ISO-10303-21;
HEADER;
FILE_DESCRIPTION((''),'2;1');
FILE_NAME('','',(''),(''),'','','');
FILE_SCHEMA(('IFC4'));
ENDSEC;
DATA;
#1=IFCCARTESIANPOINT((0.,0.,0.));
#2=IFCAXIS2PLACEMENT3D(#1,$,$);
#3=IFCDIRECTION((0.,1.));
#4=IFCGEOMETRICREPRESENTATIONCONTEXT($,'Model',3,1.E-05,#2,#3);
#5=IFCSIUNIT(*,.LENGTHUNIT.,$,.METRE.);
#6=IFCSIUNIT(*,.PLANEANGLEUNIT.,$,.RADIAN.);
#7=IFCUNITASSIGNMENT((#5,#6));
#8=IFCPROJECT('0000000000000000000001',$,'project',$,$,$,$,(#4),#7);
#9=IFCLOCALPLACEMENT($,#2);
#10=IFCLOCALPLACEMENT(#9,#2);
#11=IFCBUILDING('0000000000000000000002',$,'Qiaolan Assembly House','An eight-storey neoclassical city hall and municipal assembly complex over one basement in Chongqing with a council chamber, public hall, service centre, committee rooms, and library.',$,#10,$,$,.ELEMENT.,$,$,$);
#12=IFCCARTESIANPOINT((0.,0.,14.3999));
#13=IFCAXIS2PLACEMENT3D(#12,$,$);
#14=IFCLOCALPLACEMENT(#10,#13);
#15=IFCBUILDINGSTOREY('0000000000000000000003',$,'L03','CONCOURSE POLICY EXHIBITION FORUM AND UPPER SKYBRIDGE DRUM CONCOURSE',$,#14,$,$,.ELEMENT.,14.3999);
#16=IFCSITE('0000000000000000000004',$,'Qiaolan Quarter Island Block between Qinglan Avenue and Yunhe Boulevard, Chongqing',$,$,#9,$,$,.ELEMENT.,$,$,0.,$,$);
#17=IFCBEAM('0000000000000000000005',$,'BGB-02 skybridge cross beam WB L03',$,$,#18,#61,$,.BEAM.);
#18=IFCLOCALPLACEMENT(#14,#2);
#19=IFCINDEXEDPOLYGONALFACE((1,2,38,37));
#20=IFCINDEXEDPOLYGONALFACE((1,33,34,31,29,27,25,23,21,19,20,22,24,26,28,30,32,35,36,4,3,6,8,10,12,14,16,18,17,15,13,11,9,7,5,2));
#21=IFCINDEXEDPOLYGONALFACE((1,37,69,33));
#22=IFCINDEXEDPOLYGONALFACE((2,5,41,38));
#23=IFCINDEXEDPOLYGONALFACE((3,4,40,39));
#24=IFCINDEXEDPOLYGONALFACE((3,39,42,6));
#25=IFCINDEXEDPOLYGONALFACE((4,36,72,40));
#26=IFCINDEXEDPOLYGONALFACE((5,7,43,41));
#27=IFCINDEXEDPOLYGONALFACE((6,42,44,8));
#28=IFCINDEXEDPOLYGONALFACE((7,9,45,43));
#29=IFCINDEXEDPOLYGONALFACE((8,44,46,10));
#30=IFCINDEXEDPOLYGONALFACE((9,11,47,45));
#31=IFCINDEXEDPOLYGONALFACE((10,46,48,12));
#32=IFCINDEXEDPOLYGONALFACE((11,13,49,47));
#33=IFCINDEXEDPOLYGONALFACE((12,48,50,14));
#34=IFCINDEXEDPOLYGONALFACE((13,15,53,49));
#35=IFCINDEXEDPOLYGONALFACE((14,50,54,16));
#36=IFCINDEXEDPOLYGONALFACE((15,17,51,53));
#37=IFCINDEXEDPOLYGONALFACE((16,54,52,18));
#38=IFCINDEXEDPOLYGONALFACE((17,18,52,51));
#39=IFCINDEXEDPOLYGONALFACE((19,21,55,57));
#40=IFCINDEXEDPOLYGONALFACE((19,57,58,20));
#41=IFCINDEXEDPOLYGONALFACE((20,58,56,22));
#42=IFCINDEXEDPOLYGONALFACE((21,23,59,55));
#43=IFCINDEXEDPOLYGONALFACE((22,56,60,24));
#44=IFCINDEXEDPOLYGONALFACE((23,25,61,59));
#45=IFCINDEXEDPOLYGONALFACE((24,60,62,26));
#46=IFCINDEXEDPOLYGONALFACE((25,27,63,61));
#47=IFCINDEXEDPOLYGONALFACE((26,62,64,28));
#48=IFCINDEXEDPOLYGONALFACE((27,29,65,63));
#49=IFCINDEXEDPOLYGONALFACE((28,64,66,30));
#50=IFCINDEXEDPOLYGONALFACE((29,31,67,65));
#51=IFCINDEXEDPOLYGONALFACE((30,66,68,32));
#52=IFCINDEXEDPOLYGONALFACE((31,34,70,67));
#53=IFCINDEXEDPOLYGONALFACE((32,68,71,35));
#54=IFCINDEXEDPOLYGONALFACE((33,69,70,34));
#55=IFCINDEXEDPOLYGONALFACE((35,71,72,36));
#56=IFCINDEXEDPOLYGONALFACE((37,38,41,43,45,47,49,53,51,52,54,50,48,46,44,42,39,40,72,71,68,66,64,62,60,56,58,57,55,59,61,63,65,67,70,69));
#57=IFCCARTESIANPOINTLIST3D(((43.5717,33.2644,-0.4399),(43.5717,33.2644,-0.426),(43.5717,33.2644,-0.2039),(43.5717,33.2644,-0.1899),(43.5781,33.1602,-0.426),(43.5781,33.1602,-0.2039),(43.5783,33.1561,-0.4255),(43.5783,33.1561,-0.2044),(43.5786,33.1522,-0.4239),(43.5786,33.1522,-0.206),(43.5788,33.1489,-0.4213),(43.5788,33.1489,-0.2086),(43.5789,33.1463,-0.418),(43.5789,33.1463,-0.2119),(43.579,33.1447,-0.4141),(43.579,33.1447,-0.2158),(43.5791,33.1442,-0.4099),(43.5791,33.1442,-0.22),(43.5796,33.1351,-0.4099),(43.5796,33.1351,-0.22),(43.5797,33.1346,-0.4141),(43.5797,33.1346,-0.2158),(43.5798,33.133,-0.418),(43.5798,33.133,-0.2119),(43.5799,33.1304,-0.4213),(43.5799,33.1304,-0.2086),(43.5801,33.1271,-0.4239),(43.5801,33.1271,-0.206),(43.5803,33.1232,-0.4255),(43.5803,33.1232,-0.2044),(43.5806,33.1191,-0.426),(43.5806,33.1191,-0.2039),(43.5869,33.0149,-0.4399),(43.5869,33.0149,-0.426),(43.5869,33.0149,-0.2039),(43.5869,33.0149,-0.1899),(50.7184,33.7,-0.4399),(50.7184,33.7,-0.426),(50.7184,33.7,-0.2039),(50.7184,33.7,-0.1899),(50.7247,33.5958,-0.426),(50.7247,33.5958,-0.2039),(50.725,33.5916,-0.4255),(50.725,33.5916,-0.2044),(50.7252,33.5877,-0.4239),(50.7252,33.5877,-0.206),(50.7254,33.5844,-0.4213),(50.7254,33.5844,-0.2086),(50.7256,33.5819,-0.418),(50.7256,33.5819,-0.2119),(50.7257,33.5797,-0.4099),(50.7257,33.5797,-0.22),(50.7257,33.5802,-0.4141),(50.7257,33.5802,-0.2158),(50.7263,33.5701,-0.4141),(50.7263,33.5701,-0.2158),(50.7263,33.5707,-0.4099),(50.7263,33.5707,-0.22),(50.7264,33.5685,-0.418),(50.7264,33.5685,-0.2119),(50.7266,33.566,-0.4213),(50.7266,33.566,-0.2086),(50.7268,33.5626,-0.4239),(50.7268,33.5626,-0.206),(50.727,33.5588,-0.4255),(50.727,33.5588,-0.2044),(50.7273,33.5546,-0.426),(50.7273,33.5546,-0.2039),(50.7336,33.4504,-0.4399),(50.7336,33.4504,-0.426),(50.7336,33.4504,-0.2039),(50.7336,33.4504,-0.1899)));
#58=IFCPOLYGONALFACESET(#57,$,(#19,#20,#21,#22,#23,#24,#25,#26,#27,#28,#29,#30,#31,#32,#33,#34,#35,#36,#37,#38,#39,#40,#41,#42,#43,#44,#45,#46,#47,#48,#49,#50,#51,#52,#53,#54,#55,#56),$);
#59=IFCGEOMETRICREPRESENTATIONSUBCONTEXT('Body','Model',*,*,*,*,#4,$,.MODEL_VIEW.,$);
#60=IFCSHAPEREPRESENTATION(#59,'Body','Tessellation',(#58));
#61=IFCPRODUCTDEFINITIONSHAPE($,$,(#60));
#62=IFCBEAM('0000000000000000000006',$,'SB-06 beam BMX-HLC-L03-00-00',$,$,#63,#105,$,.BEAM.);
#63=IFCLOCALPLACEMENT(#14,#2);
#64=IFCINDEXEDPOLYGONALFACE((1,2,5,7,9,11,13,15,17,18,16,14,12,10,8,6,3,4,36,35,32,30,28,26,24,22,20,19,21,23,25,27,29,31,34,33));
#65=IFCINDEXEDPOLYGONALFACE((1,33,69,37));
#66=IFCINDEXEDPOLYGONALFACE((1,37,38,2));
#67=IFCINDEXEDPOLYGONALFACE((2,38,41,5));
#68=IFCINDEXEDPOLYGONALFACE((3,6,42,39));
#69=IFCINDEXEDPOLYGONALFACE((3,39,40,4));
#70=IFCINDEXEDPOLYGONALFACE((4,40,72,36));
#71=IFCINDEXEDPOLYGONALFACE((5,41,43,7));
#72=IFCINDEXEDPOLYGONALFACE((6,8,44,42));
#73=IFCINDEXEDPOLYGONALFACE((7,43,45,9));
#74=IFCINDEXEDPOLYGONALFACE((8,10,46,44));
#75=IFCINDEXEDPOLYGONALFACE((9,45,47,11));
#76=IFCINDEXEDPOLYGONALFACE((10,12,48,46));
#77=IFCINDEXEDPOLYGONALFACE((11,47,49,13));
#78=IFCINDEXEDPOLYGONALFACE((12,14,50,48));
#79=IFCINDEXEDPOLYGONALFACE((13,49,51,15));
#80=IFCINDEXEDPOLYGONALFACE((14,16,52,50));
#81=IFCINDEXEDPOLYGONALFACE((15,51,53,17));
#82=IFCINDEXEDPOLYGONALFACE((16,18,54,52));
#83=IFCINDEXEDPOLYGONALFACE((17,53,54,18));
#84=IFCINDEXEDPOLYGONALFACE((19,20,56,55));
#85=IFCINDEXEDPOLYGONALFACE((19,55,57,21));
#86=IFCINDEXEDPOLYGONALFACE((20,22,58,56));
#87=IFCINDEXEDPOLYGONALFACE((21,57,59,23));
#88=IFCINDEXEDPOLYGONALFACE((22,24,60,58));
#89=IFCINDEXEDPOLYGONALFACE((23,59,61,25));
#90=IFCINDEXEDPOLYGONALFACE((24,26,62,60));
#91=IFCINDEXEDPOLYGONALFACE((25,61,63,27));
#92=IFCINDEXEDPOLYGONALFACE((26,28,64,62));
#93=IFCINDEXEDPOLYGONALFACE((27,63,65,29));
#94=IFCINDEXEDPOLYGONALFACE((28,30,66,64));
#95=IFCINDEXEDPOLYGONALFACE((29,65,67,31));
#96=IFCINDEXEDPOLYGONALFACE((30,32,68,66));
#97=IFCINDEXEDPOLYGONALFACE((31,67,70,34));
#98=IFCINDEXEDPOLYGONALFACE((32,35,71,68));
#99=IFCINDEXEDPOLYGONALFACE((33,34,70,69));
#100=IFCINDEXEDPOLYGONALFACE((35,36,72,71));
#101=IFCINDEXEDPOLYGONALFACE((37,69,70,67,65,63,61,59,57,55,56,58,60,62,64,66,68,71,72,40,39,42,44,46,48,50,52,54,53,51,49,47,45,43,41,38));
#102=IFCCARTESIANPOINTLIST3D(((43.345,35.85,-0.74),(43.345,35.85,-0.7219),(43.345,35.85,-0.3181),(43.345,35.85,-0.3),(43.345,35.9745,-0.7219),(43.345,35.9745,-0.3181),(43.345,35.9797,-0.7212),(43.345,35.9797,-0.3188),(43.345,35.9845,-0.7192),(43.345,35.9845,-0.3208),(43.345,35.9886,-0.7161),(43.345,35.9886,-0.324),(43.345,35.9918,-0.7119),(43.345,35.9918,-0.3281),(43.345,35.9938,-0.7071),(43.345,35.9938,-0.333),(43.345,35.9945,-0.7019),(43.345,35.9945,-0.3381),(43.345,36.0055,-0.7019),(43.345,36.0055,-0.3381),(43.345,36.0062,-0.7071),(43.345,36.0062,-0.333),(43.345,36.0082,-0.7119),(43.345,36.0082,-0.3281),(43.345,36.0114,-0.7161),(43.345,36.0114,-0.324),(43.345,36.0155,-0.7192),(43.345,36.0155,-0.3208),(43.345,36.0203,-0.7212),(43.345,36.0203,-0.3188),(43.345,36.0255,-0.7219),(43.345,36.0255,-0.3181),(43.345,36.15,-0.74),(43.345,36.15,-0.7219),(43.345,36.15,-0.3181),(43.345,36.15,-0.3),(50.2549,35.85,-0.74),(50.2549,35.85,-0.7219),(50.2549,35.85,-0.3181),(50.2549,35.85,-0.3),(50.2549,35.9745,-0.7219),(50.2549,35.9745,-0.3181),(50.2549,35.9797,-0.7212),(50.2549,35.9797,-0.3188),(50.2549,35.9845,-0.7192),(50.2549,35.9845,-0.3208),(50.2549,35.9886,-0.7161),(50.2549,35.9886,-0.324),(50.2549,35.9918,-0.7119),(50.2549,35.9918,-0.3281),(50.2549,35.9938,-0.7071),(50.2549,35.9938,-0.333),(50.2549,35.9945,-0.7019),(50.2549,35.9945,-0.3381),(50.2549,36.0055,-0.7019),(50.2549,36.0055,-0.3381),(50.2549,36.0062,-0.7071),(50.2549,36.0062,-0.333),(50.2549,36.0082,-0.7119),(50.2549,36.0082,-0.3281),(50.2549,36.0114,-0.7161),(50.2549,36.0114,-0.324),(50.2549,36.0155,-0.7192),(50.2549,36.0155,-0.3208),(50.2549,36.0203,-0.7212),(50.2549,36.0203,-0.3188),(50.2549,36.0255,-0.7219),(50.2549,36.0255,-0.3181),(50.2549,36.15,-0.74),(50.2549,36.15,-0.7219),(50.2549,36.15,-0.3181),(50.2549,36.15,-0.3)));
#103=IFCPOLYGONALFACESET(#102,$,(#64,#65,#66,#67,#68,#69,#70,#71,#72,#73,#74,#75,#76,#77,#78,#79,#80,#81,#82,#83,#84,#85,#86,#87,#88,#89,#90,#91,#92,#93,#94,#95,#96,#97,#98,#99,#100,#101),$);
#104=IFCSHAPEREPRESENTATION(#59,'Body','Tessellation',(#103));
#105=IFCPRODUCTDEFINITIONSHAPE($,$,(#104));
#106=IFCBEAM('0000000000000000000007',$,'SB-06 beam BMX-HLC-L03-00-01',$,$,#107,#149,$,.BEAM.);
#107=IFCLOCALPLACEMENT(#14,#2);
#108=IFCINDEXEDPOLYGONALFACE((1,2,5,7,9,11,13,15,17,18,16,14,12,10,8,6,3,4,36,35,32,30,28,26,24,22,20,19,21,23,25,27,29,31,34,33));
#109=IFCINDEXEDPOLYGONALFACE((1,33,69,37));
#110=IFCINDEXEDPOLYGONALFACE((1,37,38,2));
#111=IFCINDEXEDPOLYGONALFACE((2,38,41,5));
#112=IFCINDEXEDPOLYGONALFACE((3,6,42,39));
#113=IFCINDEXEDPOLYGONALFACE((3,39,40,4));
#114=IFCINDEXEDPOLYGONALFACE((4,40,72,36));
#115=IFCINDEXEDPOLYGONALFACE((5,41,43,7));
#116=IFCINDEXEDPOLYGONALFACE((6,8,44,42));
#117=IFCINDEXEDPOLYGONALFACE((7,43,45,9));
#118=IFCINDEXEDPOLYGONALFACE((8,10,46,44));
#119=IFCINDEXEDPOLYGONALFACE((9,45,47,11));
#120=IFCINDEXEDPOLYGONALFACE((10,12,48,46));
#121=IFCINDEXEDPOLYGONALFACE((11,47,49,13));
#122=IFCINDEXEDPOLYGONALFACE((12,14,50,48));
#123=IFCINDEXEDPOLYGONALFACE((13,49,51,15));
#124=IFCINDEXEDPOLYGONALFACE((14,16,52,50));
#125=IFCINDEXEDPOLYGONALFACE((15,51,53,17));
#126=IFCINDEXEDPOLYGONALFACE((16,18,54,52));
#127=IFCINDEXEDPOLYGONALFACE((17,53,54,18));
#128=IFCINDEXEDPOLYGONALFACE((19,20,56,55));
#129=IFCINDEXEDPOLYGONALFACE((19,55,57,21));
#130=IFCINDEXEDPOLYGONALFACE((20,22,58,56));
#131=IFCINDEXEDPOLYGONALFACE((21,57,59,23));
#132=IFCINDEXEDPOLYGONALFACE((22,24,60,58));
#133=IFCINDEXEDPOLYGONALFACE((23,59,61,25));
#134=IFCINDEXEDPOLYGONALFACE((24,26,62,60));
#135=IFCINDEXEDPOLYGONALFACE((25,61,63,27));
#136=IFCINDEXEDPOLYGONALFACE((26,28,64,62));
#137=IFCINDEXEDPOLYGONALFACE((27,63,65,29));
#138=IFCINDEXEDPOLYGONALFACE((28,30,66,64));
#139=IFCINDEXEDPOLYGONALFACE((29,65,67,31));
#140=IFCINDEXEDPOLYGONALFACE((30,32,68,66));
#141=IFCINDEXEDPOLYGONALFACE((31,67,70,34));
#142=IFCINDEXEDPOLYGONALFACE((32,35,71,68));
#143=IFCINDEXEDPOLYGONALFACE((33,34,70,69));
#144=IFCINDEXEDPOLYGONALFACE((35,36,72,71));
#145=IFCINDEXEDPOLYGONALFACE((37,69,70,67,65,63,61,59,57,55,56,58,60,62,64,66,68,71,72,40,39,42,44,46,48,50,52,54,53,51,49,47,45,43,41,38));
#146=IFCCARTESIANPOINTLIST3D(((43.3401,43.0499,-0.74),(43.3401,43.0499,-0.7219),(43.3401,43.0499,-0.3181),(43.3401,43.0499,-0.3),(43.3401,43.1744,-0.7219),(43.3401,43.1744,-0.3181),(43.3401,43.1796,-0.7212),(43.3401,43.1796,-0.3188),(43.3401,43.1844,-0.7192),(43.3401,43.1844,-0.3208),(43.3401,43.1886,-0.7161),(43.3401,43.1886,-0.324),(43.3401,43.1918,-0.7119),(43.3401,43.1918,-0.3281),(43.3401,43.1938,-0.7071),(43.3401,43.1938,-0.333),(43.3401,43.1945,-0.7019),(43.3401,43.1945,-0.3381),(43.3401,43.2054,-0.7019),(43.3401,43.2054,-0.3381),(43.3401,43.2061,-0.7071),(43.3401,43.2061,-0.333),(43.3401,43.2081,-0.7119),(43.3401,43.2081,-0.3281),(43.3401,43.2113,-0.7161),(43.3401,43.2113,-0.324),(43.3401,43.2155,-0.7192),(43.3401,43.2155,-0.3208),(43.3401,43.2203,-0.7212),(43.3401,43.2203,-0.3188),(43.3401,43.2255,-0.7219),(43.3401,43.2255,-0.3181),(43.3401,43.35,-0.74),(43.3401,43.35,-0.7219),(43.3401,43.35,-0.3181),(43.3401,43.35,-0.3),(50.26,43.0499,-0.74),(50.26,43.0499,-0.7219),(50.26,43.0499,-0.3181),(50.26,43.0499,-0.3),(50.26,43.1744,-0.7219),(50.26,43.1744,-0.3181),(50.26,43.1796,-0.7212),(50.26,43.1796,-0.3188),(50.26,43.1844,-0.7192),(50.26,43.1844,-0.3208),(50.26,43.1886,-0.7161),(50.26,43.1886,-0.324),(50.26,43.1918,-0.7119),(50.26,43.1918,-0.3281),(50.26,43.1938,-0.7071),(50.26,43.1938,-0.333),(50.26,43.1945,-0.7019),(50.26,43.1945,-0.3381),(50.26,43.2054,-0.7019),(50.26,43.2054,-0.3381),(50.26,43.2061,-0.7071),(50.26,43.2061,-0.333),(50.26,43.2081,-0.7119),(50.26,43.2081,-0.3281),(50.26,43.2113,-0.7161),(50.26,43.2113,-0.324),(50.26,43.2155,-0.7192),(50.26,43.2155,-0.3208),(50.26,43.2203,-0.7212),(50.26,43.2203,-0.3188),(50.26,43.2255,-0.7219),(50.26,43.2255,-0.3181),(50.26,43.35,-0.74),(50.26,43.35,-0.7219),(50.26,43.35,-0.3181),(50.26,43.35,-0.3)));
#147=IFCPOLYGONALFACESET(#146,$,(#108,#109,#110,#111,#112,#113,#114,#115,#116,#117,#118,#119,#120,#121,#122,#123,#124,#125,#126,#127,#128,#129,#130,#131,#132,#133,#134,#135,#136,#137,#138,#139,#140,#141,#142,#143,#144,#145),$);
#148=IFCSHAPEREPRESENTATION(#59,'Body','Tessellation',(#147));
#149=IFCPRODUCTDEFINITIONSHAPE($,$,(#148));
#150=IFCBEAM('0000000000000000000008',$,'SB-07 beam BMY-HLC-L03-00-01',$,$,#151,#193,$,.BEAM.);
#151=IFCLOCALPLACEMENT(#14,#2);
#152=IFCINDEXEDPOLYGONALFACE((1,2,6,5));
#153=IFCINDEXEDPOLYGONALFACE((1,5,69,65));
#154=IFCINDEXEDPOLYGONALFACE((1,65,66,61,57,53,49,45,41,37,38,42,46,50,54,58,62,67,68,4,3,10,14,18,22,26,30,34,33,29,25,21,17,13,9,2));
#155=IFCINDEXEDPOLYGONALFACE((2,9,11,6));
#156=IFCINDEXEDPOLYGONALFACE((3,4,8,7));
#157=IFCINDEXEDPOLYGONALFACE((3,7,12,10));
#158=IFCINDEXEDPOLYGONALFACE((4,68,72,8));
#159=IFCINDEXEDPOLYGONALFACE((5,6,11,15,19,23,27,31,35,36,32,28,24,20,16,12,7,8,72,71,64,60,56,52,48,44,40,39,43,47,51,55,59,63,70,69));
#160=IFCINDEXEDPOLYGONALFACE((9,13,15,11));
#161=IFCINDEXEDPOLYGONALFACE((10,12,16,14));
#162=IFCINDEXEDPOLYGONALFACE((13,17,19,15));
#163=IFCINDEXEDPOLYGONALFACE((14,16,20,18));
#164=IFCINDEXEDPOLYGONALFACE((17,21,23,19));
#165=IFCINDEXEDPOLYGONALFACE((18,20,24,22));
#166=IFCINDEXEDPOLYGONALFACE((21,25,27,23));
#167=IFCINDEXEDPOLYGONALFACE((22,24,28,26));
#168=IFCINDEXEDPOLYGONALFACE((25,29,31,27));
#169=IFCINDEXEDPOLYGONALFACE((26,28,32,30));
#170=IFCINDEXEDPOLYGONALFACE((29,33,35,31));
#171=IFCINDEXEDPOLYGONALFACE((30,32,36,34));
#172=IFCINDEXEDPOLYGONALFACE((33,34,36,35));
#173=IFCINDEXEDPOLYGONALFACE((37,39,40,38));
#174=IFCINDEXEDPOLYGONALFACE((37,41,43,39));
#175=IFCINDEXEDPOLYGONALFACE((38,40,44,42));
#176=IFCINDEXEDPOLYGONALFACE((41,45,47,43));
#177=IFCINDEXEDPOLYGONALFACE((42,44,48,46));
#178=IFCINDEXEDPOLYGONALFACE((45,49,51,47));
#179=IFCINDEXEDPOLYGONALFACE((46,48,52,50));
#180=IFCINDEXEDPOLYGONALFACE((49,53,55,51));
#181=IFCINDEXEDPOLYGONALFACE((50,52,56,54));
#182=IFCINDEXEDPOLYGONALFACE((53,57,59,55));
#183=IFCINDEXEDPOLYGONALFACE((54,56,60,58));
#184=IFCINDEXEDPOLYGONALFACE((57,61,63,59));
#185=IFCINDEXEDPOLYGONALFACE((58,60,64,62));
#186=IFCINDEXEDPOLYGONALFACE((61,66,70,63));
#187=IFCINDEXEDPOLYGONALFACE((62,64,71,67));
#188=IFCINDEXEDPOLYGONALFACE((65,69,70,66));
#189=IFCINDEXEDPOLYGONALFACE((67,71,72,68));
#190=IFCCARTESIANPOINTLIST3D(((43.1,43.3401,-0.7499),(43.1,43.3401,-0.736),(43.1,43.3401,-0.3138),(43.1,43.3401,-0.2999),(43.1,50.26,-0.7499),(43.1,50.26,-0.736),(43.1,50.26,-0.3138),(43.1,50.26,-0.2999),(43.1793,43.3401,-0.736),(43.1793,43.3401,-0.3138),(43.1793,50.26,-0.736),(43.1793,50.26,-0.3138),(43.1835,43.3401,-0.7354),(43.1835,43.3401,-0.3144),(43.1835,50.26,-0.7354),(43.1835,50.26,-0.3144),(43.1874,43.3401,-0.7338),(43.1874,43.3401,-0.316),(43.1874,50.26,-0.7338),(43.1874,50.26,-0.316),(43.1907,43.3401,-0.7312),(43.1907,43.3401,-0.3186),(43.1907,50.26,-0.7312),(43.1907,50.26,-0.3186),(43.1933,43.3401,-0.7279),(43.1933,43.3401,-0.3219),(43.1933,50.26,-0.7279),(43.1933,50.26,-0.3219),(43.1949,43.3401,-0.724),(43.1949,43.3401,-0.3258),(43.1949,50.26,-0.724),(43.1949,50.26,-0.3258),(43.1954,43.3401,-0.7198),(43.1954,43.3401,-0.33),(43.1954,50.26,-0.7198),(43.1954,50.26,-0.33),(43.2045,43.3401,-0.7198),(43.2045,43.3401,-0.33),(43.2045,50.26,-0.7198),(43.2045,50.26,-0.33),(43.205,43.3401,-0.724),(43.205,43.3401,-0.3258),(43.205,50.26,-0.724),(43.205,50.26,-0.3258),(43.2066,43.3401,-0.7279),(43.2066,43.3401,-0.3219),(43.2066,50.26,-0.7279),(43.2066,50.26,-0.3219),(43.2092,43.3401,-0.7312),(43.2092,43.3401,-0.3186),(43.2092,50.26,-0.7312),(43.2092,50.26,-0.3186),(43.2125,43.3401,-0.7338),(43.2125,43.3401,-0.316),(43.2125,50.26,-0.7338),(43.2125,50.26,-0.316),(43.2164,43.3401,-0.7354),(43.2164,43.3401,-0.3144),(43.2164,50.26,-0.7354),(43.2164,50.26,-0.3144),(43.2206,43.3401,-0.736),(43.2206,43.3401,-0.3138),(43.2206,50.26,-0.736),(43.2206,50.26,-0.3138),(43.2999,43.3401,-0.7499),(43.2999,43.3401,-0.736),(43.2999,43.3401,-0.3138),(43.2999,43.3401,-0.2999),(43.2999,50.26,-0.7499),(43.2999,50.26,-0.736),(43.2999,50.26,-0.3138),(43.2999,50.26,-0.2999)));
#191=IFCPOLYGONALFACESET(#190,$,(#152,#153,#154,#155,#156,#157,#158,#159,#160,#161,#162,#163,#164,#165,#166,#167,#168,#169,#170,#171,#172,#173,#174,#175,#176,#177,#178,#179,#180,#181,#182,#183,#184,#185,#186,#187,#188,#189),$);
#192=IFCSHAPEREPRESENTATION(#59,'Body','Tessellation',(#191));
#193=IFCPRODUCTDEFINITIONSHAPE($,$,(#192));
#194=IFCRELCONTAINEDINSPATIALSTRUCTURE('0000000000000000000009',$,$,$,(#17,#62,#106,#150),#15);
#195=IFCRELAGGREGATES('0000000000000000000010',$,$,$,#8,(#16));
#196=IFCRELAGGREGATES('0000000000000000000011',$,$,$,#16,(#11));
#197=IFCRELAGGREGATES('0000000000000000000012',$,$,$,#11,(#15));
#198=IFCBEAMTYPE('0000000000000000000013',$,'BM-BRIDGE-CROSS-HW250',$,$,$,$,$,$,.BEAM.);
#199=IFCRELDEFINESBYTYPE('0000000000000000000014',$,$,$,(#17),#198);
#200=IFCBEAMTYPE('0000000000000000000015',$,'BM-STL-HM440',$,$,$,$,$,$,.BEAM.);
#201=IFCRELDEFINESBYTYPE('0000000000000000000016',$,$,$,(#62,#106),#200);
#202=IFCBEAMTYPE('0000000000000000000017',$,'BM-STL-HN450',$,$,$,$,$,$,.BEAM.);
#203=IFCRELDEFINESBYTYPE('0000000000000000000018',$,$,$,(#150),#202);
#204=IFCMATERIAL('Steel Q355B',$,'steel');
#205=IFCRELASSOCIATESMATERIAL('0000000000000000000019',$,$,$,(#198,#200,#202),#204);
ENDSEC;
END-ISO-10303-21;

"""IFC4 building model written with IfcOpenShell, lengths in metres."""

from ifc_helpers import new_model, si_unit, direction, frame, origin, origin_2d, place, context, subcontext, project, spatial, i_section, extrude, material, material_profile, profile_set, type_object, element, save


model = new_model("IFC4")

# Units and contexts
model_context = context("Model", 3, precision=1e-05, world=origin(), true_north=direction((0.0, 1.0)))
body_context = subcontext(model_context, "Body", "Model", "MODEL_VIEW")
ifc_project = project(units=[si_unit("LENGTHUNIT", "METRE"), si_unit("PLANEANGLEUNIT", "RADIAN")], contexts=[model_context])

# Site, building, storey
site_placement = place(None, origin())
site = spatial("IfcSite", under=ifc_project, at=site_placement, Name="Qiaolan Quarter Island Block between Qinglan Avenue and Yunhe Boulevard, Chongqing", CompositionType="ELEMENT", RefElevation=0.0)
building_placement = place(site_placement, origin())
building = spatial("IfcBuilding", under=site, at=building_placement, Name="Qiaolan Assembly House", Description="An eight-storey neoclassical city hall and municipal assembly complex over one basement in Chongqing with a council chamber, public hall, service centre, committee rooms, and library.", CompositionType="ELEMENT")
storey_placement = place(building_placement, frame((0.0, 0.0, 14.3999)))
storey = spatial("IfcBuildingStorey", under=building, at=storey_placement, Name="L03", Description="CONCOURSE POLICY EXHIBITION FORUM AND UPPER SKYBRIDGE DRUM CONCOURSE", CompositionType="ELEMENT", Elevation=14.3999)

# Shared definitions
ifc_material_1 = material(Name="Steel Q355B", Category="steel")

# Beams
ifc_material_profile_1 = material_profile(ifc_material_1, i_section(OverallWidth=0.25, OverallDepth=0.25, WebThickness=0.009, FlangeThickness=0.0139, FilletRadius=0.0161, at=origin_2d()), Name="HW 250x250x9x14")
ifc_profile_set_1 = profile_set([ifc_material_profile_1], Name="Steel Q355B")
beam_type_1 = type_object("IfcBeamType", Name="BM-BRIDGE-CROSS-HW250", PredefinedType="BEAM", material=ifc_profile_set_1)
beam_1_placement = place(storey_placement, frame((43.5793, 33.1396, -0.3149), z_axis=(0.998148, 0.060831, 0.0), x_axis=(-0.060831, 0.998148, 0.0)))
element("IfcBeam", 1, at=beam_1_placement, inside=storey, type_object=beam_type_1, Name="BGB-02 skybridge cross beam WB L03", PredefinedType="BEAM", context=body_context, shape_type="SweptSolid", body=[
    extrude(i_section(OverallWidth=0.25, OverallDepth=0.25, WebThickness=0.009, FlangeThickness=0.0139, FilletRadius=0.0161, at=origin_2d()), origin(), (0.0, 0.0, 1.0), 7.1599),
])
ifc_material_profile_2 = material_profile(ifc_material_1, i_section(OverallWidth=0.3, OverallDepth=0.4399, WebThickness=0.011, FlangeThickness=0.0181, FilletRadius=0.02, at=origin_2d()), Name="HM 440x300x11x18")
ifc_profile_set_2 = profile_set([ifc_material_profile_2], Name="Steel Q355B")
beam_type_2 = type_object("IfcBeamType", Name="BM-STL-HM440", PredefinedType="BEAM", material=ifc_profile_set_2)
beam_2_placement = place(storey_placement, frame((43.345, 36.0, -0.52), z_axis=(1.0, 0.0, 0.0), x_axis=(0.0, 1.0, 0.0)))
element("IfcBeam", 2, at=beam_2_placement, inside=storey, type_object=beam_type_2, Name="SB-06 beam BMX-HLC-L03-00-00", PredefinedType="BEAM", context=body_context, shape_type="SweptSolid", body=[
    extrude(i_section(OverallWidth=0.3, OverallDepth=0.4399, WebThickness=0.011, FlangeThickness=0.0181, FilletRadius=0.02, at=origin_2d()), origin(), (0.0, 0.0, 1.0), 6.9099),
])
beam_3_placement = place(storey_placement, frame((43.3401, 43.2, -0.52), z_axis=(1.0, 0.0, 0.0), x_axis=(0.0, 1.0, 0.0)))
element("IfcBeam", 3, at=beam_3_placement, inside=storey, type_object=beam_type_2, Name="SB-06 beam BMX-HLC-L03-00-01", PredefinedType="BEAM", context=body_context, shape_type="SweptSolid", body=[
    extrude(i_section(OverallWidth=0.3, OverallDepth=0.4399, WebThickness=0.011, FlangeThickness=0.0181, FilletRadius=0.02, at=origin_2d()), origin(), (0.0, 0.0, 1.0), 6.9199),
])
ifc_material_profile_3 = material_profile(ifc_material_1, i_section(OverallWidth=0.2, OverallDepth=0.45, WebThickness=0.009, FlangeThickness=0.0139, FilletRadius=0.0161, at=origin_2d()), Name="HN 450x200x9x14")
ifc_profile_set_3 = profile_set([ifc_material_profile_3], Name="Steel Q355B")
beam_type_3 = type_object("IfcBeamType", Name="BM-STL-HN450", PredefinedType="BEAM", material=ifc_profile_set_3)
beam_4_placement = place(storey_placement, frame((43.2, 43.3401, -0.5249), z_axis=(0.0, 1.0, 0.0), x_axis=(-1.0, 0.0, 0.0)))
element("IfcBeam", 4, at=beam_4_placement, inside=storey, type_object=beam_type_3, Name="SB-07 beam BMY-HLC-L03-00-01", PredefinedType="BEAM", context=body_context, shape_type="SweptSolid", body=[
    extrude(i_section(OverallWidth=0.2, OverallDepth=0.45, WebThickness=0.009, FlangeThickness=0.0139, FilletRadius=0.0161, at=origin_2d()), origin(), (0.0, 0.0, 1.0), 6.9199),
])

save(model, "model.ifc")
